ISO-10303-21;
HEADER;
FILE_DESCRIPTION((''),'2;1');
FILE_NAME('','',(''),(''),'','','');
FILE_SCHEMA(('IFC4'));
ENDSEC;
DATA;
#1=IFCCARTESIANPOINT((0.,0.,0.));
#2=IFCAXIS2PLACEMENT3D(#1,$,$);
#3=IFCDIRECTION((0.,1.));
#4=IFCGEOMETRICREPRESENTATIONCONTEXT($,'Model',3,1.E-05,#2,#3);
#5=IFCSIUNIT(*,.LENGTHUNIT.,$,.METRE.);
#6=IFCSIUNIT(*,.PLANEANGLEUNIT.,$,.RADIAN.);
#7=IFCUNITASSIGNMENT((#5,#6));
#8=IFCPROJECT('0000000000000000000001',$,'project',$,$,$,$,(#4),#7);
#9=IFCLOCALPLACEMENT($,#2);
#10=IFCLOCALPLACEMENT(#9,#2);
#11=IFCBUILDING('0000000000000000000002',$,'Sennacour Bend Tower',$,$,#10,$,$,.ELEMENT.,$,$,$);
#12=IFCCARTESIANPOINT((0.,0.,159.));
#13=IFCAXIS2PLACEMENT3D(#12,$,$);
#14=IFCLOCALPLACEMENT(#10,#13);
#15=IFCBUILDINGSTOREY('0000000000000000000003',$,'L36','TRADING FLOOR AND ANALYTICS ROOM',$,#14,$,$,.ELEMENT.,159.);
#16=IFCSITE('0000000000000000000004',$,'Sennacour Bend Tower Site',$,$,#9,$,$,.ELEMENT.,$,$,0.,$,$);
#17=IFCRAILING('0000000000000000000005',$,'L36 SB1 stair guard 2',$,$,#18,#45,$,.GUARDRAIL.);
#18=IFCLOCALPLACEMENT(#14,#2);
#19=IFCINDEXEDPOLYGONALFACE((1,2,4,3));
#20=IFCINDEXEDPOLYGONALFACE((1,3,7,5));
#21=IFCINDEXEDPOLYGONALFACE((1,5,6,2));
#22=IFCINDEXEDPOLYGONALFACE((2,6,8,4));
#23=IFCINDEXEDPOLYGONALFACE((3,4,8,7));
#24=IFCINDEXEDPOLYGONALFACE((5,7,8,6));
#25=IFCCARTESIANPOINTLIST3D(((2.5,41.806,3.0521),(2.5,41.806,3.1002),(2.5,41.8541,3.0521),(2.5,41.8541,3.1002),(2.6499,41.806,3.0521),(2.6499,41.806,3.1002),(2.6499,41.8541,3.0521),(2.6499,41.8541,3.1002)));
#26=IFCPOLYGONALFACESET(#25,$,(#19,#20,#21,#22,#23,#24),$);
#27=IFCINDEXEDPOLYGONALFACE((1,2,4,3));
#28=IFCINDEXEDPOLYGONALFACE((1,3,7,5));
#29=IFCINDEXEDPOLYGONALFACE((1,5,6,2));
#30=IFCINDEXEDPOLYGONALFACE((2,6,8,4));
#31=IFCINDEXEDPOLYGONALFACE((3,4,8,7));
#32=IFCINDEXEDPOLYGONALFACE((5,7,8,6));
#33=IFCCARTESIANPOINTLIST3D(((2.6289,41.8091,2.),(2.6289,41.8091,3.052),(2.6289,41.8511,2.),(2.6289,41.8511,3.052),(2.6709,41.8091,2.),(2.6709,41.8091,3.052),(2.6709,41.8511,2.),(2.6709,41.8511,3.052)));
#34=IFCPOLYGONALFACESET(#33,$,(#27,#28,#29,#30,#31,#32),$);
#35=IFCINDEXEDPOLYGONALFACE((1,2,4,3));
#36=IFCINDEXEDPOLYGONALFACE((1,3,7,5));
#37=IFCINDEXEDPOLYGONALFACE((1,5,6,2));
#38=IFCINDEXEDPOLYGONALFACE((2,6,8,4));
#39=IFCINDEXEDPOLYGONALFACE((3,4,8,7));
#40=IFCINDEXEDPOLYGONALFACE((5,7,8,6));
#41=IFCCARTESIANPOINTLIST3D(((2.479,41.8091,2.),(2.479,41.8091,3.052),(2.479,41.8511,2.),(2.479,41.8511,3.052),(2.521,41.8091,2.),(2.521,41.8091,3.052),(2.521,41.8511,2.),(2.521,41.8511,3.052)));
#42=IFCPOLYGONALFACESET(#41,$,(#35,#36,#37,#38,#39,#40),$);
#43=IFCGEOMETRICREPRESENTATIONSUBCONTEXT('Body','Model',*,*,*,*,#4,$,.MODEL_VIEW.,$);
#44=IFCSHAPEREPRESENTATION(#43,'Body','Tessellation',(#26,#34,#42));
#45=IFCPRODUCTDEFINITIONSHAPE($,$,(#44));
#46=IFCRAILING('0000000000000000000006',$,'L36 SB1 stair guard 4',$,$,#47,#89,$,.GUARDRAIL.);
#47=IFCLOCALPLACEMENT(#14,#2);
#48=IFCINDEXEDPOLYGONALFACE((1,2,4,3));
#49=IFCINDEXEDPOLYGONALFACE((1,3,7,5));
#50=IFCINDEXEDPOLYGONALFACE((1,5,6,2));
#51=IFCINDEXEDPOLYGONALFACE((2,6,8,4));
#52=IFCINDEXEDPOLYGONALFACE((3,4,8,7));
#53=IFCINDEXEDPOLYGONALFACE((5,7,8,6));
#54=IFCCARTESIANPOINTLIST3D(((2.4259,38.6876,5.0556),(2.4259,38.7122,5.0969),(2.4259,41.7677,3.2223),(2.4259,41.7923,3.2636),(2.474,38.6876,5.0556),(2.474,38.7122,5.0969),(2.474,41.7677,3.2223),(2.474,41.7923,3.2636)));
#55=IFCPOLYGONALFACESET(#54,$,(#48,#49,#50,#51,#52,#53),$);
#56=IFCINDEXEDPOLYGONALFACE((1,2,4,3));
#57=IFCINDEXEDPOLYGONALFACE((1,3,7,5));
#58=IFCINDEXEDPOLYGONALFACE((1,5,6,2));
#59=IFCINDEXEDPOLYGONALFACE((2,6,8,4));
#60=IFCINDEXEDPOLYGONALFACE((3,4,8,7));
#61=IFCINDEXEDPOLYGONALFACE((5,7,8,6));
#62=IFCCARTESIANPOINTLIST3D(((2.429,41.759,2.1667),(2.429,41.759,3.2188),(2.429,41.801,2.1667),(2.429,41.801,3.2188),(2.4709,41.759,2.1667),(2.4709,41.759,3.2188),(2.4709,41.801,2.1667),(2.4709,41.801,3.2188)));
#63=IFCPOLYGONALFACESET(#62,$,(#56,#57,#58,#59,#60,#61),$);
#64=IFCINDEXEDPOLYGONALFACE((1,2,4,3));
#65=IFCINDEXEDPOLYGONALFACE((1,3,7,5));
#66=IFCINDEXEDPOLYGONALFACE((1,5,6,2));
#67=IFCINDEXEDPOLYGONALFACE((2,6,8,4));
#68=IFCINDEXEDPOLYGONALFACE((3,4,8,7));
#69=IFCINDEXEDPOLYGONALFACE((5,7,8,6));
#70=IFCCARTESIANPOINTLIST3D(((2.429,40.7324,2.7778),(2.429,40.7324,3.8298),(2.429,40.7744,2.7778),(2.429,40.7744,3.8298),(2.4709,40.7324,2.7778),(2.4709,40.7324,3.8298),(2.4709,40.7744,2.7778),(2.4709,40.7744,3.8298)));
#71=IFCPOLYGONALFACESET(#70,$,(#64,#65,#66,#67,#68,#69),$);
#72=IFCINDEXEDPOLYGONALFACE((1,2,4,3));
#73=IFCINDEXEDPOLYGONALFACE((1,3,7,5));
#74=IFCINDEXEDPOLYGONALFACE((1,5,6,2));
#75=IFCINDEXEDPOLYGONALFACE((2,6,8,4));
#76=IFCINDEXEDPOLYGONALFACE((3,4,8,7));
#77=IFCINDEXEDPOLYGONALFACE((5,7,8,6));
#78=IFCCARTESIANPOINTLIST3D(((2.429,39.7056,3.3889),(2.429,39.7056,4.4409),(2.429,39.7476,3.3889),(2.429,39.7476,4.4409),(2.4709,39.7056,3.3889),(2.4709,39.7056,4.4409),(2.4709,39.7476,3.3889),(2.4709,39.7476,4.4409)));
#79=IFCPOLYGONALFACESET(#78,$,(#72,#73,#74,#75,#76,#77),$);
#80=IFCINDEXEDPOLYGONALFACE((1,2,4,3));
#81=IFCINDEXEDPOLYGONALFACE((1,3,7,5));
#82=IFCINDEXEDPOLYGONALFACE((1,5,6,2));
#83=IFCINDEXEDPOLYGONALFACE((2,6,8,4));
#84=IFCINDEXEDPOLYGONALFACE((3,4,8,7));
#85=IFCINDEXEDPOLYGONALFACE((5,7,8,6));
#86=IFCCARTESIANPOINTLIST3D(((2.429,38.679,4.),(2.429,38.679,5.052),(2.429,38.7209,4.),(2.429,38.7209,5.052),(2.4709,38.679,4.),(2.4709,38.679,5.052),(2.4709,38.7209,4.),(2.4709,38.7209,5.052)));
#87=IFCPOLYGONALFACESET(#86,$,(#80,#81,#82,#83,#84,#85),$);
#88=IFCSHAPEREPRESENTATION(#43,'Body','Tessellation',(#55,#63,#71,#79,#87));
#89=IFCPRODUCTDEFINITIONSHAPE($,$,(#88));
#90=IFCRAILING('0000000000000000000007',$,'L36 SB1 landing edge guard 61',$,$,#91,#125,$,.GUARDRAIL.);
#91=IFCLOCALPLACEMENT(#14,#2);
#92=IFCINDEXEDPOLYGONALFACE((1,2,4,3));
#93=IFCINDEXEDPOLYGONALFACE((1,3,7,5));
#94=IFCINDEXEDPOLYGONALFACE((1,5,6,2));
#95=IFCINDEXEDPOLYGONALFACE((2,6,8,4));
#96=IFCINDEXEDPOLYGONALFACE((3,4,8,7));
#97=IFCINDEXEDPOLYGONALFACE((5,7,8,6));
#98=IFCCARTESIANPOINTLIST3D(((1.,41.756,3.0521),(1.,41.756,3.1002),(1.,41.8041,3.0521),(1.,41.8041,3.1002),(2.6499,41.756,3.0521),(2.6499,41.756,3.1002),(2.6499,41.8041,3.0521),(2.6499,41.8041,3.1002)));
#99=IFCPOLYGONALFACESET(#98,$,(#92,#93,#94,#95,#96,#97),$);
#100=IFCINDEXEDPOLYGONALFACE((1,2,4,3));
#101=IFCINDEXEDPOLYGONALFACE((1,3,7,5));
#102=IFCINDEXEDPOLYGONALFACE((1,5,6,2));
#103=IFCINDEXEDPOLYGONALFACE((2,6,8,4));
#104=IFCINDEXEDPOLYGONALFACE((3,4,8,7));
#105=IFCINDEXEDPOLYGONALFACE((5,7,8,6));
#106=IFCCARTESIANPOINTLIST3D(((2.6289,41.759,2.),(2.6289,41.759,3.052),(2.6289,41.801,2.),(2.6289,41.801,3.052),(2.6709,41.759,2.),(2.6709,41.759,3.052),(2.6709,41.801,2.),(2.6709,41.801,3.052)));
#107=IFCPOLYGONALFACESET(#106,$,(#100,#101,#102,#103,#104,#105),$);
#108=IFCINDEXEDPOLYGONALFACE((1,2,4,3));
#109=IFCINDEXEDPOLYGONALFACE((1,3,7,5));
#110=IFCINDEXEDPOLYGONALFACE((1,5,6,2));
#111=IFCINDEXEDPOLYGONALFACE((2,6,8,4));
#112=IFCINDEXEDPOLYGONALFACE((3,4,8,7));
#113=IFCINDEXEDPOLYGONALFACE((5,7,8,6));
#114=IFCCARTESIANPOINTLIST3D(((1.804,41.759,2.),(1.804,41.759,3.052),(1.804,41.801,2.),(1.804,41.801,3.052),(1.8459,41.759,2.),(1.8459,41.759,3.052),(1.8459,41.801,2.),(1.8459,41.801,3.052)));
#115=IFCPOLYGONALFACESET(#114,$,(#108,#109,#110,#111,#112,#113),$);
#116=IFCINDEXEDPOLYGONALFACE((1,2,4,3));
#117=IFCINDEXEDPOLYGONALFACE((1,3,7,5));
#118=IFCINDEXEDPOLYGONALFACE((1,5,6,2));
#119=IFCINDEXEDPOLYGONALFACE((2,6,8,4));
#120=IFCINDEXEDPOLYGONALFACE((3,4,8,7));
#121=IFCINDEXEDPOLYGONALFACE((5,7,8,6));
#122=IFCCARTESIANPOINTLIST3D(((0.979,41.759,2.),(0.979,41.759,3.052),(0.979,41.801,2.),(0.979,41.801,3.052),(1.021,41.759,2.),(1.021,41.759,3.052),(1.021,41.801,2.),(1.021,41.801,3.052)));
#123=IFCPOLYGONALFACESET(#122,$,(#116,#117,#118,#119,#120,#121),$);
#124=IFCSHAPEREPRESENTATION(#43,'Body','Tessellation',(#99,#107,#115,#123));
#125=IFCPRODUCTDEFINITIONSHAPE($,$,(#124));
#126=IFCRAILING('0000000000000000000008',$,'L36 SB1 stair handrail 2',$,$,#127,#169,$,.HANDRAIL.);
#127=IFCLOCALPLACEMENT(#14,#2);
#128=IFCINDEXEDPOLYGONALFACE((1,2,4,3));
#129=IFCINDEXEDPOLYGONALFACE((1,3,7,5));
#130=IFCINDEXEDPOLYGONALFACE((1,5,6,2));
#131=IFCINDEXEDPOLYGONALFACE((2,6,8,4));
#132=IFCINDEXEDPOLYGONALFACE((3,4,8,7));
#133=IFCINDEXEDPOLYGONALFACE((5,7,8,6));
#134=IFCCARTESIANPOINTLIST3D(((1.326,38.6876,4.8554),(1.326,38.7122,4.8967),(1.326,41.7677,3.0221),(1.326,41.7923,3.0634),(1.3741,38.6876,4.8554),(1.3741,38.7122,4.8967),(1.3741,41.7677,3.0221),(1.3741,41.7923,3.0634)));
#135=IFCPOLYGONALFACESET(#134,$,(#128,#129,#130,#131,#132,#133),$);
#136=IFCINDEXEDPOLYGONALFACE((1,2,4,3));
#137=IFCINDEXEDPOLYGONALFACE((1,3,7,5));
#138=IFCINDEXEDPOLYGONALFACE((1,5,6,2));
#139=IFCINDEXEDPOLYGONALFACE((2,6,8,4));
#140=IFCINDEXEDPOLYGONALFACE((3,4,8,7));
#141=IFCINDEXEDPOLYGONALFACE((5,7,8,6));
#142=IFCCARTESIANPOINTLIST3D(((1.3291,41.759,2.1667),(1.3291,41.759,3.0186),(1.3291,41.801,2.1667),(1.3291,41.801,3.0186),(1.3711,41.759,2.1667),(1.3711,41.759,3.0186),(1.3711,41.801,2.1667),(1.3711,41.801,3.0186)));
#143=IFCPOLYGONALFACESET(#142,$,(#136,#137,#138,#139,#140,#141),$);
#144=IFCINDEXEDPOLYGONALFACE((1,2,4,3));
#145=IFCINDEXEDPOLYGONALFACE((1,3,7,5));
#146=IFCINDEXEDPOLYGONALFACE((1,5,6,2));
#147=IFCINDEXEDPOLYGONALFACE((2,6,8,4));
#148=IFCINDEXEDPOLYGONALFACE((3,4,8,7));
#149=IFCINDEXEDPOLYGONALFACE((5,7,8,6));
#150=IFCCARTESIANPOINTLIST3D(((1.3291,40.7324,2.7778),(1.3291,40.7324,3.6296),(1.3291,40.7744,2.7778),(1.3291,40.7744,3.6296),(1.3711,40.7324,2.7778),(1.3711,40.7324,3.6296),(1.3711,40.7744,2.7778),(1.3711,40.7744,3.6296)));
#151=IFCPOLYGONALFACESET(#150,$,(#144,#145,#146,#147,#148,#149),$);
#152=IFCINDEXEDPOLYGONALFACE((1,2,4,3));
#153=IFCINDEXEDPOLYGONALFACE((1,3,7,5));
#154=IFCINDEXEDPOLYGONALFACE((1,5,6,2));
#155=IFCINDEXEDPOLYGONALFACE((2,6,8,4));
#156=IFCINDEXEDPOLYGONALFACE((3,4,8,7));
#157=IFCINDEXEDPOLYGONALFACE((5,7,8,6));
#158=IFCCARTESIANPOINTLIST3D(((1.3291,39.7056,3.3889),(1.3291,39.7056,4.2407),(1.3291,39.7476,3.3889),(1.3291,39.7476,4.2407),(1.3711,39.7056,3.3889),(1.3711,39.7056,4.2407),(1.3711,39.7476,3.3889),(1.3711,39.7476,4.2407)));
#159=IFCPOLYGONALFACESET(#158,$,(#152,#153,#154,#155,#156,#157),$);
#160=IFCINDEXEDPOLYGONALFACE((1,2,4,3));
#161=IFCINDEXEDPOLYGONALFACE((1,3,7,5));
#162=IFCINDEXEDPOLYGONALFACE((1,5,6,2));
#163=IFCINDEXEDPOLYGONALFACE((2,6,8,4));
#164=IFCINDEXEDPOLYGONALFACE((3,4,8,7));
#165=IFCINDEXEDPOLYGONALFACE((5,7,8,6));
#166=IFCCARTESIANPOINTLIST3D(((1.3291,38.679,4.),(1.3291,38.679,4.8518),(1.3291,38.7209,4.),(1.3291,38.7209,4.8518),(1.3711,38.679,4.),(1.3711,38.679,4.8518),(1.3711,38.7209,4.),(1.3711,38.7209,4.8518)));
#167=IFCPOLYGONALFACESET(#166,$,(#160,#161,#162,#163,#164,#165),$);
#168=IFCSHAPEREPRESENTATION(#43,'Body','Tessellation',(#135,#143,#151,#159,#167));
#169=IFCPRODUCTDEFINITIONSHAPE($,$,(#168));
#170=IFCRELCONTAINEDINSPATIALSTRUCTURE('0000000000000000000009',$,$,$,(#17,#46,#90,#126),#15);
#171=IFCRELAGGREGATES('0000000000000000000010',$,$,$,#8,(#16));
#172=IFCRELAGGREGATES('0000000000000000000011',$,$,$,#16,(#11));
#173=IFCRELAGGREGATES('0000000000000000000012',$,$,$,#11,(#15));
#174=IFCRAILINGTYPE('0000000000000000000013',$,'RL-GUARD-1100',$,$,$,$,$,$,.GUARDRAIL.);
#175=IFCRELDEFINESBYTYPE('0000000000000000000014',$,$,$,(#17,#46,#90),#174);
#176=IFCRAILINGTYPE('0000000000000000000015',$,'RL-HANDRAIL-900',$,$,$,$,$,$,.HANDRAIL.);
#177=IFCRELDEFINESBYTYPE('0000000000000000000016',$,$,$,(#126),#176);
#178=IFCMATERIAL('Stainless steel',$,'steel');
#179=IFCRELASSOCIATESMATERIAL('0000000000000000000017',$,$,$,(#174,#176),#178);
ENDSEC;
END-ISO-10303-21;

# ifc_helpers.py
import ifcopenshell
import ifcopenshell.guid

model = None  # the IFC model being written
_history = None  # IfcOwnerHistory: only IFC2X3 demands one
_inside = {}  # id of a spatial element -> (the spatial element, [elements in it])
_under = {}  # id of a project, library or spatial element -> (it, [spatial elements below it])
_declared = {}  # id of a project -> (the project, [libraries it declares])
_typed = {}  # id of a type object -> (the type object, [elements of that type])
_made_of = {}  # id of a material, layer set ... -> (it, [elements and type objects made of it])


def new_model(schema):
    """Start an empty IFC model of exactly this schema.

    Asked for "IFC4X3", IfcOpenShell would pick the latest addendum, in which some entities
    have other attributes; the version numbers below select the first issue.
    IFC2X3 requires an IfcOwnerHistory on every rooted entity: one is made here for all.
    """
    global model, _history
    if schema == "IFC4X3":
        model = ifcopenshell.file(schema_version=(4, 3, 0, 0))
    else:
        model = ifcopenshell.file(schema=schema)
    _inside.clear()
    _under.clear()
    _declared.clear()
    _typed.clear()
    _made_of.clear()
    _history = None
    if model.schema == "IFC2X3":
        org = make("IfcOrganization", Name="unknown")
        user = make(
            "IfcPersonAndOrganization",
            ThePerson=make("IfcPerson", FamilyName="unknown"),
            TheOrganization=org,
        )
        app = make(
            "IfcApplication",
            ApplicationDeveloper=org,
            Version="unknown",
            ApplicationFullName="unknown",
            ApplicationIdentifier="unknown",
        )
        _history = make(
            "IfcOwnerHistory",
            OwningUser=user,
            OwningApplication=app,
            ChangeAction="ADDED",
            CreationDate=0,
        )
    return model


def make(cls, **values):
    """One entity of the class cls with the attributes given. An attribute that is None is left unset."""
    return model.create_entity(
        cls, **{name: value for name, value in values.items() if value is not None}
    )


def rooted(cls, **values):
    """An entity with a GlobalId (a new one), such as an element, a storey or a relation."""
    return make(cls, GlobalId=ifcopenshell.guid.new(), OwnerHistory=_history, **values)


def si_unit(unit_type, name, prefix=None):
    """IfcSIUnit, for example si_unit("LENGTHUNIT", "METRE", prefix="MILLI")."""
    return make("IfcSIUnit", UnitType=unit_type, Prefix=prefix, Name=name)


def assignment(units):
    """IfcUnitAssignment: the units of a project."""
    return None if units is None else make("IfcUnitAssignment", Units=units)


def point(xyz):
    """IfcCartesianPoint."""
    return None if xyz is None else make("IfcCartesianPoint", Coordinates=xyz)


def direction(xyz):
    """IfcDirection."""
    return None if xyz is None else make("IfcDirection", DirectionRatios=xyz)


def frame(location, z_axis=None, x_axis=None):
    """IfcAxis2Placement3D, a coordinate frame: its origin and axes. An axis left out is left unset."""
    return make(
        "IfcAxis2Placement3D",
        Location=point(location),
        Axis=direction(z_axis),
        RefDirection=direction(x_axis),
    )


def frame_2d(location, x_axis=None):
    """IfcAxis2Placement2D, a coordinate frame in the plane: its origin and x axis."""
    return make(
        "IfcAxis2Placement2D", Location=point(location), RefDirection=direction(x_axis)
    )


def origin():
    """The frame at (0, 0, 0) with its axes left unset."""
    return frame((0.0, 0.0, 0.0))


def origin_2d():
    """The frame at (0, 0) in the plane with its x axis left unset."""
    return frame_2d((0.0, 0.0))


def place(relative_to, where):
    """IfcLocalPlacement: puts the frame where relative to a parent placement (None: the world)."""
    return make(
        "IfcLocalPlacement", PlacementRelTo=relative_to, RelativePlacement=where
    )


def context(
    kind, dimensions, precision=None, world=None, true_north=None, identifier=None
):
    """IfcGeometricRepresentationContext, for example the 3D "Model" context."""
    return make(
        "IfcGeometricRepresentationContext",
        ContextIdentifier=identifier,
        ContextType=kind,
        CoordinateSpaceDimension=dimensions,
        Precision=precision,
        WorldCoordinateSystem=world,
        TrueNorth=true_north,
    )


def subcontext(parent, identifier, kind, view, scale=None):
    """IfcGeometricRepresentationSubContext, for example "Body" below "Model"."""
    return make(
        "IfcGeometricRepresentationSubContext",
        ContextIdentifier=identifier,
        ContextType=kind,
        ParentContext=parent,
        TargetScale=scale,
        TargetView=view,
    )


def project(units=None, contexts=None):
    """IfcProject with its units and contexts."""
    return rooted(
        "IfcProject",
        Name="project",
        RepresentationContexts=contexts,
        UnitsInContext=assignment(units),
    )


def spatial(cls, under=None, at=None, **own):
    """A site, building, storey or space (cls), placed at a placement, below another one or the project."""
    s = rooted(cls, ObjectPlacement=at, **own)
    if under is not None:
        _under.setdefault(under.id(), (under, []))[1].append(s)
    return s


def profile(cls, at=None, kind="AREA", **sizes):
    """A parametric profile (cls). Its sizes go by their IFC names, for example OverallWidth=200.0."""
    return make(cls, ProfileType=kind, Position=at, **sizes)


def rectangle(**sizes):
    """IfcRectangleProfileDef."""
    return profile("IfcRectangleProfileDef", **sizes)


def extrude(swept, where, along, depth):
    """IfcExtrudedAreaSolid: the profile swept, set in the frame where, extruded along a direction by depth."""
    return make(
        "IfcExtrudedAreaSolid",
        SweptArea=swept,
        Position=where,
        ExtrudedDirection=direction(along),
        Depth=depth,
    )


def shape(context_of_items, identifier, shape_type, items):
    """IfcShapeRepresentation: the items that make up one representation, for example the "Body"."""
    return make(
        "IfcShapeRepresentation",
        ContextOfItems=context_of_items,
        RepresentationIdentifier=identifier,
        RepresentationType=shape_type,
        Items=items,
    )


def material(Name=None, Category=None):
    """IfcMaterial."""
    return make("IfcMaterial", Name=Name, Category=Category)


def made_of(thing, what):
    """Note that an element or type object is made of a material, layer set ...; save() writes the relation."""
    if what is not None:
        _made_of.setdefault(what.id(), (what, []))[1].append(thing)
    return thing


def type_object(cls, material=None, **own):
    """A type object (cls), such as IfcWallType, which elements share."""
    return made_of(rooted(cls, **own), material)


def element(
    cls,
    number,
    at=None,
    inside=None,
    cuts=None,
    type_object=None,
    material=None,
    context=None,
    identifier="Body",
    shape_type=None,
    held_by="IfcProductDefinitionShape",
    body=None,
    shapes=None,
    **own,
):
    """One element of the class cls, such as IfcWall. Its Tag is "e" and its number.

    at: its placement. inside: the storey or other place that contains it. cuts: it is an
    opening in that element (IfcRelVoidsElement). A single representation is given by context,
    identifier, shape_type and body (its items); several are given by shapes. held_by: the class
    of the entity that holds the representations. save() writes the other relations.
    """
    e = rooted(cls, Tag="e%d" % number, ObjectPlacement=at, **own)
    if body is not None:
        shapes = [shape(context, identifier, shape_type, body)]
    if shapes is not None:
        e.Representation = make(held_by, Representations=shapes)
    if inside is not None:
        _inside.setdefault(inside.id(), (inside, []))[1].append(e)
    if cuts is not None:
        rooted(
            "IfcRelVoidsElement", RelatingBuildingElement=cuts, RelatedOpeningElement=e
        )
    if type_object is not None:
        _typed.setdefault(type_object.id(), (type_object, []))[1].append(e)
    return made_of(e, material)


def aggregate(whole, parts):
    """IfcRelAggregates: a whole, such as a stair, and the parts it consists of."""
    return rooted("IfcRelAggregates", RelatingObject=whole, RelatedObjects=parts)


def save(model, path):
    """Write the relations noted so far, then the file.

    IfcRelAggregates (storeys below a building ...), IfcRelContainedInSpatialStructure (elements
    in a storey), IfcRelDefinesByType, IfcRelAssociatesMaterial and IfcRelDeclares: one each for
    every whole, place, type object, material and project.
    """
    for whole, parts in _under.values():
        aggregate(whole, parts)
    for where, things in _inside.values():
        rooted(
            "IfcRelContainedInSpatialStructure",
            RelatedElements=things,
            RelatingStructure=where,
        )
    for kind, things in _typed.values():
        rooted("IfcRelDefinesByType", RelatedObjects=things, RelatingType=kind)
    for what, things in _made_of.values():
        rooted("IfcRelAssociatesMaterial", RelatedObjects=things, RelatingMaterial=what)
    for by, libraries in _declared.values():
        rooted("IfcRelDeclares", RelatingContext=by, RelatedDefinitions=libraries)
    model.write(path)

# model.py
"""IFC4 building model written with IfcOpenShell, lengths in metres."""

from ifc_helpers import new_model, si_unit, direction, frame, origin, origin_2d, place, context, subcontext, project, spatial, rectangle, extrude, material, type_object, element, save


model = new_model("IFC4")

# Units and contexts
model_context = context("Model", 3, precision=1e-05, world=origin(), true_north=direction((0.0, 1.0)))
body_context = subcontext(model_context, "Body", "Model", "MODEL_VIEW")
ifc_project = project(units=[si_unit("LENGTHUNIT", "METRE"), si_unit("PLANEANGLEUNIT", "RADIAN")], contexts=[model_context])

# Site, building, storey
site_placement = place(None, origin())
site = spatial("IfcSite", under=ifc_project, at=site_placement, Name="Sennacour Bend Tower Site", CompositionType="ELEMENT", RefElevation=0.0)
building_placement = place(site_placement, origin())
building = spatial("IfcBuilding", under=site, at=building_placement, Name="Sennacour Bend Tower", CompositionType="ELEMENT")
storey_placement = place(building_placement, frame((0.0, 0.0, 159.0)))
storey = spatial("IfcBuildingStorey", under=building, at=storey_placement, Name="L36", Description="TRADING FLOOR AND ANALYTICS ROOM", CompositionType="ELEMENT", Elevation=159.0)

# Railings
ifc_material_1 = material(Name="Stainless steel", Category="steel")
railing_type_1 = type_object("IfcRailingType", Name="RL-GUARD-1100", PredefinedType="GUARDRAIL", material=ifc_material_1)
railing_1_placement = place(storey_placement, frame((2.6499, 41.8301, 2.0)))
element("IfcRailing", 1, at=railing_1_placement, inside=storey, type_object=railing_type_1, Name="L36 SB1 stair guard 2", PredefinedType="GUARDRAIL", context=body_context, shape_type="SweptSolid", body=[
    extrude(rectangle(XDim=0.0481, YDim=0.0481, at=origin_2d()), frame((0.0, 0.0, 1.0762), z_axis=(-1.0, 0.0, 0.0), x_axis=(0.0, -1.0, 0.0)), (0.0, 0.0, 1.0), 0.1499),
    extrude(rectangle(XDim=0.042, YDim=0.042, at=origin_2d()), origin(), (0.0, 0.0, 1.0), 1.052),
    extrude(rectangle(XDim=0.042, YDim=0.042, at=origin_2d()), frame((-0.1499, 0.0, 0.0)), (0.0, 0.0, 1.0), 1.052),
])
railing_2_placement = place(storey_placement, frame((2.45, 41.78, 2.1667)))
element("IfcRailing", 2, at=railing_2_placement, inside=storey, type_object=railing_type_1, Name="L36 SB1 stair guard 4", PredefinedType="GUARDRAIL", context=body_context, shape_type="SweptSolid", body=[
    extrude(rectangle(XDim=0.0481, YDim=0.0481, at=origin_2d()), frame((0.0, 0.0, 1.0762), z_axis=(0.0, -0.859309, 0.511458), x_axis=(1.0, 0.0, 0.0)), (0.0, 0.0, 1.0), 3.5845),
    extrude(rectangle(XDim=0.042, YDim=0.042, at=origin_2d()), origin(), (0.0, 0.0, 1.0), 1.052),
    extrude(rectangle(XDim=0.042, YDim=0.042, at=origin_2d()), frame((0.0, -1.0266, 0.6111)), (0.0, 0.0, 1.0), 1.052),
    extrude(rectangle(XDim=0.042, YDim=0.042, at=origin_2d()), frame((0.0, -2.0535, 1.2222)), (0.0, 0.0, 1.0), 1.052),
    extrude(rectangle(XDim=0.042, YDim=0.042, at=origin_2d()), frame((0.0, -3.0801, 1.8333)), (0.0, 0.0, 1.0), 1.052),
])
railing_3_placement = place(storey_placement, frame((2.6499, 41.78, 2.0)))
element("IfcRailing", 3, at=railing_3_placement, inside=storey, type_object=railing_type_1, Name="L36 SB1 landing edge guard 61", PredefinedType="GUARDRAIL", context=body_context, shape_type="SweptSolid", body=[
    extrude(rectangle(XDim=0.0481, YDim=0.0481, at=origin_2d()), frame((0.0, 0.0, 1.0762), z_axis=(-1.0, 0.0, 0.0), x_axis=(0.0, -1.0, 0.0)), (0.0, 0.0, 1.0), 1.6499),
    extrude(rectangle(XDim=0.042, YDim=0.042, at=origin_2d()), origin(), (0.0, 0.0, 1.0), 1.052),
    extrude(rectangle(XDim=0.042, YDim=0.042, at=origin_2d()), frame((-0.825, 0.0, 0.0)), (0.0, 0.0, 1.0), 1.052),
    extrude(rectangle(XDim=0.042, YDim=0.042, at=origin_2d()), frame((-1.6499, 0.0, 0.0)), (0.0, 0.0, 1.0), 1.052),
])
railing_type_2 = type_object("IfcRailingType", Name="RL-HANDRAIL-900", PredefinedType="HANDRAIL", material=ifc_material_1)
railing_4_placement = place(storey_placement, frame((1.3501, 41.78, 2.1667)))
element("IfcRailing", 4, at=railing_4_placement, inside=storey, type_object=railing_type_2, Name="L36 SB1 stair handrail 2", PredefinedType="HANDRAIL", context=body_context, shape_type="SweptSolid", body=[
    extrude(rectangle(XDim=0.0481, YDim=0.0481, at=origin_2d()), frame((0.0, 0.0, 0.876), z_axis=(0.0, -0.859309, 0.511458), x_axis=(1.0, 0.0, 0.0)), (0.0, 0.0, 1.0), 3.5845),
    extrude(rectangle(XDim=0.042, YDim=0.042, at=origin_2d()), origin(), (0.0, 0.0, 1.0), 0.8518),
    extrude(rectangle(XDim=0.042, YDim=0.042, at=origin_2d()), frame((0.0, -1.0266, 0.6111)), (0.0, 0.0, 1.0), 0.8518),
    extrude(rectangle(XDim=0.042, YDim=0.042, at=origin_2d()), frame((0.0, -2.0535, 1.2222)), (0.0, 0.0, 1.0), 0.8518),
    extrude(rectangle(XDim=0.042, YDim=0.042, at=origin_2d()), frame((0.0, -3.0801, 1.8333)), (0.0, 0.0, 1.0), 0.8518),
])

save(model, "model.ifc")
